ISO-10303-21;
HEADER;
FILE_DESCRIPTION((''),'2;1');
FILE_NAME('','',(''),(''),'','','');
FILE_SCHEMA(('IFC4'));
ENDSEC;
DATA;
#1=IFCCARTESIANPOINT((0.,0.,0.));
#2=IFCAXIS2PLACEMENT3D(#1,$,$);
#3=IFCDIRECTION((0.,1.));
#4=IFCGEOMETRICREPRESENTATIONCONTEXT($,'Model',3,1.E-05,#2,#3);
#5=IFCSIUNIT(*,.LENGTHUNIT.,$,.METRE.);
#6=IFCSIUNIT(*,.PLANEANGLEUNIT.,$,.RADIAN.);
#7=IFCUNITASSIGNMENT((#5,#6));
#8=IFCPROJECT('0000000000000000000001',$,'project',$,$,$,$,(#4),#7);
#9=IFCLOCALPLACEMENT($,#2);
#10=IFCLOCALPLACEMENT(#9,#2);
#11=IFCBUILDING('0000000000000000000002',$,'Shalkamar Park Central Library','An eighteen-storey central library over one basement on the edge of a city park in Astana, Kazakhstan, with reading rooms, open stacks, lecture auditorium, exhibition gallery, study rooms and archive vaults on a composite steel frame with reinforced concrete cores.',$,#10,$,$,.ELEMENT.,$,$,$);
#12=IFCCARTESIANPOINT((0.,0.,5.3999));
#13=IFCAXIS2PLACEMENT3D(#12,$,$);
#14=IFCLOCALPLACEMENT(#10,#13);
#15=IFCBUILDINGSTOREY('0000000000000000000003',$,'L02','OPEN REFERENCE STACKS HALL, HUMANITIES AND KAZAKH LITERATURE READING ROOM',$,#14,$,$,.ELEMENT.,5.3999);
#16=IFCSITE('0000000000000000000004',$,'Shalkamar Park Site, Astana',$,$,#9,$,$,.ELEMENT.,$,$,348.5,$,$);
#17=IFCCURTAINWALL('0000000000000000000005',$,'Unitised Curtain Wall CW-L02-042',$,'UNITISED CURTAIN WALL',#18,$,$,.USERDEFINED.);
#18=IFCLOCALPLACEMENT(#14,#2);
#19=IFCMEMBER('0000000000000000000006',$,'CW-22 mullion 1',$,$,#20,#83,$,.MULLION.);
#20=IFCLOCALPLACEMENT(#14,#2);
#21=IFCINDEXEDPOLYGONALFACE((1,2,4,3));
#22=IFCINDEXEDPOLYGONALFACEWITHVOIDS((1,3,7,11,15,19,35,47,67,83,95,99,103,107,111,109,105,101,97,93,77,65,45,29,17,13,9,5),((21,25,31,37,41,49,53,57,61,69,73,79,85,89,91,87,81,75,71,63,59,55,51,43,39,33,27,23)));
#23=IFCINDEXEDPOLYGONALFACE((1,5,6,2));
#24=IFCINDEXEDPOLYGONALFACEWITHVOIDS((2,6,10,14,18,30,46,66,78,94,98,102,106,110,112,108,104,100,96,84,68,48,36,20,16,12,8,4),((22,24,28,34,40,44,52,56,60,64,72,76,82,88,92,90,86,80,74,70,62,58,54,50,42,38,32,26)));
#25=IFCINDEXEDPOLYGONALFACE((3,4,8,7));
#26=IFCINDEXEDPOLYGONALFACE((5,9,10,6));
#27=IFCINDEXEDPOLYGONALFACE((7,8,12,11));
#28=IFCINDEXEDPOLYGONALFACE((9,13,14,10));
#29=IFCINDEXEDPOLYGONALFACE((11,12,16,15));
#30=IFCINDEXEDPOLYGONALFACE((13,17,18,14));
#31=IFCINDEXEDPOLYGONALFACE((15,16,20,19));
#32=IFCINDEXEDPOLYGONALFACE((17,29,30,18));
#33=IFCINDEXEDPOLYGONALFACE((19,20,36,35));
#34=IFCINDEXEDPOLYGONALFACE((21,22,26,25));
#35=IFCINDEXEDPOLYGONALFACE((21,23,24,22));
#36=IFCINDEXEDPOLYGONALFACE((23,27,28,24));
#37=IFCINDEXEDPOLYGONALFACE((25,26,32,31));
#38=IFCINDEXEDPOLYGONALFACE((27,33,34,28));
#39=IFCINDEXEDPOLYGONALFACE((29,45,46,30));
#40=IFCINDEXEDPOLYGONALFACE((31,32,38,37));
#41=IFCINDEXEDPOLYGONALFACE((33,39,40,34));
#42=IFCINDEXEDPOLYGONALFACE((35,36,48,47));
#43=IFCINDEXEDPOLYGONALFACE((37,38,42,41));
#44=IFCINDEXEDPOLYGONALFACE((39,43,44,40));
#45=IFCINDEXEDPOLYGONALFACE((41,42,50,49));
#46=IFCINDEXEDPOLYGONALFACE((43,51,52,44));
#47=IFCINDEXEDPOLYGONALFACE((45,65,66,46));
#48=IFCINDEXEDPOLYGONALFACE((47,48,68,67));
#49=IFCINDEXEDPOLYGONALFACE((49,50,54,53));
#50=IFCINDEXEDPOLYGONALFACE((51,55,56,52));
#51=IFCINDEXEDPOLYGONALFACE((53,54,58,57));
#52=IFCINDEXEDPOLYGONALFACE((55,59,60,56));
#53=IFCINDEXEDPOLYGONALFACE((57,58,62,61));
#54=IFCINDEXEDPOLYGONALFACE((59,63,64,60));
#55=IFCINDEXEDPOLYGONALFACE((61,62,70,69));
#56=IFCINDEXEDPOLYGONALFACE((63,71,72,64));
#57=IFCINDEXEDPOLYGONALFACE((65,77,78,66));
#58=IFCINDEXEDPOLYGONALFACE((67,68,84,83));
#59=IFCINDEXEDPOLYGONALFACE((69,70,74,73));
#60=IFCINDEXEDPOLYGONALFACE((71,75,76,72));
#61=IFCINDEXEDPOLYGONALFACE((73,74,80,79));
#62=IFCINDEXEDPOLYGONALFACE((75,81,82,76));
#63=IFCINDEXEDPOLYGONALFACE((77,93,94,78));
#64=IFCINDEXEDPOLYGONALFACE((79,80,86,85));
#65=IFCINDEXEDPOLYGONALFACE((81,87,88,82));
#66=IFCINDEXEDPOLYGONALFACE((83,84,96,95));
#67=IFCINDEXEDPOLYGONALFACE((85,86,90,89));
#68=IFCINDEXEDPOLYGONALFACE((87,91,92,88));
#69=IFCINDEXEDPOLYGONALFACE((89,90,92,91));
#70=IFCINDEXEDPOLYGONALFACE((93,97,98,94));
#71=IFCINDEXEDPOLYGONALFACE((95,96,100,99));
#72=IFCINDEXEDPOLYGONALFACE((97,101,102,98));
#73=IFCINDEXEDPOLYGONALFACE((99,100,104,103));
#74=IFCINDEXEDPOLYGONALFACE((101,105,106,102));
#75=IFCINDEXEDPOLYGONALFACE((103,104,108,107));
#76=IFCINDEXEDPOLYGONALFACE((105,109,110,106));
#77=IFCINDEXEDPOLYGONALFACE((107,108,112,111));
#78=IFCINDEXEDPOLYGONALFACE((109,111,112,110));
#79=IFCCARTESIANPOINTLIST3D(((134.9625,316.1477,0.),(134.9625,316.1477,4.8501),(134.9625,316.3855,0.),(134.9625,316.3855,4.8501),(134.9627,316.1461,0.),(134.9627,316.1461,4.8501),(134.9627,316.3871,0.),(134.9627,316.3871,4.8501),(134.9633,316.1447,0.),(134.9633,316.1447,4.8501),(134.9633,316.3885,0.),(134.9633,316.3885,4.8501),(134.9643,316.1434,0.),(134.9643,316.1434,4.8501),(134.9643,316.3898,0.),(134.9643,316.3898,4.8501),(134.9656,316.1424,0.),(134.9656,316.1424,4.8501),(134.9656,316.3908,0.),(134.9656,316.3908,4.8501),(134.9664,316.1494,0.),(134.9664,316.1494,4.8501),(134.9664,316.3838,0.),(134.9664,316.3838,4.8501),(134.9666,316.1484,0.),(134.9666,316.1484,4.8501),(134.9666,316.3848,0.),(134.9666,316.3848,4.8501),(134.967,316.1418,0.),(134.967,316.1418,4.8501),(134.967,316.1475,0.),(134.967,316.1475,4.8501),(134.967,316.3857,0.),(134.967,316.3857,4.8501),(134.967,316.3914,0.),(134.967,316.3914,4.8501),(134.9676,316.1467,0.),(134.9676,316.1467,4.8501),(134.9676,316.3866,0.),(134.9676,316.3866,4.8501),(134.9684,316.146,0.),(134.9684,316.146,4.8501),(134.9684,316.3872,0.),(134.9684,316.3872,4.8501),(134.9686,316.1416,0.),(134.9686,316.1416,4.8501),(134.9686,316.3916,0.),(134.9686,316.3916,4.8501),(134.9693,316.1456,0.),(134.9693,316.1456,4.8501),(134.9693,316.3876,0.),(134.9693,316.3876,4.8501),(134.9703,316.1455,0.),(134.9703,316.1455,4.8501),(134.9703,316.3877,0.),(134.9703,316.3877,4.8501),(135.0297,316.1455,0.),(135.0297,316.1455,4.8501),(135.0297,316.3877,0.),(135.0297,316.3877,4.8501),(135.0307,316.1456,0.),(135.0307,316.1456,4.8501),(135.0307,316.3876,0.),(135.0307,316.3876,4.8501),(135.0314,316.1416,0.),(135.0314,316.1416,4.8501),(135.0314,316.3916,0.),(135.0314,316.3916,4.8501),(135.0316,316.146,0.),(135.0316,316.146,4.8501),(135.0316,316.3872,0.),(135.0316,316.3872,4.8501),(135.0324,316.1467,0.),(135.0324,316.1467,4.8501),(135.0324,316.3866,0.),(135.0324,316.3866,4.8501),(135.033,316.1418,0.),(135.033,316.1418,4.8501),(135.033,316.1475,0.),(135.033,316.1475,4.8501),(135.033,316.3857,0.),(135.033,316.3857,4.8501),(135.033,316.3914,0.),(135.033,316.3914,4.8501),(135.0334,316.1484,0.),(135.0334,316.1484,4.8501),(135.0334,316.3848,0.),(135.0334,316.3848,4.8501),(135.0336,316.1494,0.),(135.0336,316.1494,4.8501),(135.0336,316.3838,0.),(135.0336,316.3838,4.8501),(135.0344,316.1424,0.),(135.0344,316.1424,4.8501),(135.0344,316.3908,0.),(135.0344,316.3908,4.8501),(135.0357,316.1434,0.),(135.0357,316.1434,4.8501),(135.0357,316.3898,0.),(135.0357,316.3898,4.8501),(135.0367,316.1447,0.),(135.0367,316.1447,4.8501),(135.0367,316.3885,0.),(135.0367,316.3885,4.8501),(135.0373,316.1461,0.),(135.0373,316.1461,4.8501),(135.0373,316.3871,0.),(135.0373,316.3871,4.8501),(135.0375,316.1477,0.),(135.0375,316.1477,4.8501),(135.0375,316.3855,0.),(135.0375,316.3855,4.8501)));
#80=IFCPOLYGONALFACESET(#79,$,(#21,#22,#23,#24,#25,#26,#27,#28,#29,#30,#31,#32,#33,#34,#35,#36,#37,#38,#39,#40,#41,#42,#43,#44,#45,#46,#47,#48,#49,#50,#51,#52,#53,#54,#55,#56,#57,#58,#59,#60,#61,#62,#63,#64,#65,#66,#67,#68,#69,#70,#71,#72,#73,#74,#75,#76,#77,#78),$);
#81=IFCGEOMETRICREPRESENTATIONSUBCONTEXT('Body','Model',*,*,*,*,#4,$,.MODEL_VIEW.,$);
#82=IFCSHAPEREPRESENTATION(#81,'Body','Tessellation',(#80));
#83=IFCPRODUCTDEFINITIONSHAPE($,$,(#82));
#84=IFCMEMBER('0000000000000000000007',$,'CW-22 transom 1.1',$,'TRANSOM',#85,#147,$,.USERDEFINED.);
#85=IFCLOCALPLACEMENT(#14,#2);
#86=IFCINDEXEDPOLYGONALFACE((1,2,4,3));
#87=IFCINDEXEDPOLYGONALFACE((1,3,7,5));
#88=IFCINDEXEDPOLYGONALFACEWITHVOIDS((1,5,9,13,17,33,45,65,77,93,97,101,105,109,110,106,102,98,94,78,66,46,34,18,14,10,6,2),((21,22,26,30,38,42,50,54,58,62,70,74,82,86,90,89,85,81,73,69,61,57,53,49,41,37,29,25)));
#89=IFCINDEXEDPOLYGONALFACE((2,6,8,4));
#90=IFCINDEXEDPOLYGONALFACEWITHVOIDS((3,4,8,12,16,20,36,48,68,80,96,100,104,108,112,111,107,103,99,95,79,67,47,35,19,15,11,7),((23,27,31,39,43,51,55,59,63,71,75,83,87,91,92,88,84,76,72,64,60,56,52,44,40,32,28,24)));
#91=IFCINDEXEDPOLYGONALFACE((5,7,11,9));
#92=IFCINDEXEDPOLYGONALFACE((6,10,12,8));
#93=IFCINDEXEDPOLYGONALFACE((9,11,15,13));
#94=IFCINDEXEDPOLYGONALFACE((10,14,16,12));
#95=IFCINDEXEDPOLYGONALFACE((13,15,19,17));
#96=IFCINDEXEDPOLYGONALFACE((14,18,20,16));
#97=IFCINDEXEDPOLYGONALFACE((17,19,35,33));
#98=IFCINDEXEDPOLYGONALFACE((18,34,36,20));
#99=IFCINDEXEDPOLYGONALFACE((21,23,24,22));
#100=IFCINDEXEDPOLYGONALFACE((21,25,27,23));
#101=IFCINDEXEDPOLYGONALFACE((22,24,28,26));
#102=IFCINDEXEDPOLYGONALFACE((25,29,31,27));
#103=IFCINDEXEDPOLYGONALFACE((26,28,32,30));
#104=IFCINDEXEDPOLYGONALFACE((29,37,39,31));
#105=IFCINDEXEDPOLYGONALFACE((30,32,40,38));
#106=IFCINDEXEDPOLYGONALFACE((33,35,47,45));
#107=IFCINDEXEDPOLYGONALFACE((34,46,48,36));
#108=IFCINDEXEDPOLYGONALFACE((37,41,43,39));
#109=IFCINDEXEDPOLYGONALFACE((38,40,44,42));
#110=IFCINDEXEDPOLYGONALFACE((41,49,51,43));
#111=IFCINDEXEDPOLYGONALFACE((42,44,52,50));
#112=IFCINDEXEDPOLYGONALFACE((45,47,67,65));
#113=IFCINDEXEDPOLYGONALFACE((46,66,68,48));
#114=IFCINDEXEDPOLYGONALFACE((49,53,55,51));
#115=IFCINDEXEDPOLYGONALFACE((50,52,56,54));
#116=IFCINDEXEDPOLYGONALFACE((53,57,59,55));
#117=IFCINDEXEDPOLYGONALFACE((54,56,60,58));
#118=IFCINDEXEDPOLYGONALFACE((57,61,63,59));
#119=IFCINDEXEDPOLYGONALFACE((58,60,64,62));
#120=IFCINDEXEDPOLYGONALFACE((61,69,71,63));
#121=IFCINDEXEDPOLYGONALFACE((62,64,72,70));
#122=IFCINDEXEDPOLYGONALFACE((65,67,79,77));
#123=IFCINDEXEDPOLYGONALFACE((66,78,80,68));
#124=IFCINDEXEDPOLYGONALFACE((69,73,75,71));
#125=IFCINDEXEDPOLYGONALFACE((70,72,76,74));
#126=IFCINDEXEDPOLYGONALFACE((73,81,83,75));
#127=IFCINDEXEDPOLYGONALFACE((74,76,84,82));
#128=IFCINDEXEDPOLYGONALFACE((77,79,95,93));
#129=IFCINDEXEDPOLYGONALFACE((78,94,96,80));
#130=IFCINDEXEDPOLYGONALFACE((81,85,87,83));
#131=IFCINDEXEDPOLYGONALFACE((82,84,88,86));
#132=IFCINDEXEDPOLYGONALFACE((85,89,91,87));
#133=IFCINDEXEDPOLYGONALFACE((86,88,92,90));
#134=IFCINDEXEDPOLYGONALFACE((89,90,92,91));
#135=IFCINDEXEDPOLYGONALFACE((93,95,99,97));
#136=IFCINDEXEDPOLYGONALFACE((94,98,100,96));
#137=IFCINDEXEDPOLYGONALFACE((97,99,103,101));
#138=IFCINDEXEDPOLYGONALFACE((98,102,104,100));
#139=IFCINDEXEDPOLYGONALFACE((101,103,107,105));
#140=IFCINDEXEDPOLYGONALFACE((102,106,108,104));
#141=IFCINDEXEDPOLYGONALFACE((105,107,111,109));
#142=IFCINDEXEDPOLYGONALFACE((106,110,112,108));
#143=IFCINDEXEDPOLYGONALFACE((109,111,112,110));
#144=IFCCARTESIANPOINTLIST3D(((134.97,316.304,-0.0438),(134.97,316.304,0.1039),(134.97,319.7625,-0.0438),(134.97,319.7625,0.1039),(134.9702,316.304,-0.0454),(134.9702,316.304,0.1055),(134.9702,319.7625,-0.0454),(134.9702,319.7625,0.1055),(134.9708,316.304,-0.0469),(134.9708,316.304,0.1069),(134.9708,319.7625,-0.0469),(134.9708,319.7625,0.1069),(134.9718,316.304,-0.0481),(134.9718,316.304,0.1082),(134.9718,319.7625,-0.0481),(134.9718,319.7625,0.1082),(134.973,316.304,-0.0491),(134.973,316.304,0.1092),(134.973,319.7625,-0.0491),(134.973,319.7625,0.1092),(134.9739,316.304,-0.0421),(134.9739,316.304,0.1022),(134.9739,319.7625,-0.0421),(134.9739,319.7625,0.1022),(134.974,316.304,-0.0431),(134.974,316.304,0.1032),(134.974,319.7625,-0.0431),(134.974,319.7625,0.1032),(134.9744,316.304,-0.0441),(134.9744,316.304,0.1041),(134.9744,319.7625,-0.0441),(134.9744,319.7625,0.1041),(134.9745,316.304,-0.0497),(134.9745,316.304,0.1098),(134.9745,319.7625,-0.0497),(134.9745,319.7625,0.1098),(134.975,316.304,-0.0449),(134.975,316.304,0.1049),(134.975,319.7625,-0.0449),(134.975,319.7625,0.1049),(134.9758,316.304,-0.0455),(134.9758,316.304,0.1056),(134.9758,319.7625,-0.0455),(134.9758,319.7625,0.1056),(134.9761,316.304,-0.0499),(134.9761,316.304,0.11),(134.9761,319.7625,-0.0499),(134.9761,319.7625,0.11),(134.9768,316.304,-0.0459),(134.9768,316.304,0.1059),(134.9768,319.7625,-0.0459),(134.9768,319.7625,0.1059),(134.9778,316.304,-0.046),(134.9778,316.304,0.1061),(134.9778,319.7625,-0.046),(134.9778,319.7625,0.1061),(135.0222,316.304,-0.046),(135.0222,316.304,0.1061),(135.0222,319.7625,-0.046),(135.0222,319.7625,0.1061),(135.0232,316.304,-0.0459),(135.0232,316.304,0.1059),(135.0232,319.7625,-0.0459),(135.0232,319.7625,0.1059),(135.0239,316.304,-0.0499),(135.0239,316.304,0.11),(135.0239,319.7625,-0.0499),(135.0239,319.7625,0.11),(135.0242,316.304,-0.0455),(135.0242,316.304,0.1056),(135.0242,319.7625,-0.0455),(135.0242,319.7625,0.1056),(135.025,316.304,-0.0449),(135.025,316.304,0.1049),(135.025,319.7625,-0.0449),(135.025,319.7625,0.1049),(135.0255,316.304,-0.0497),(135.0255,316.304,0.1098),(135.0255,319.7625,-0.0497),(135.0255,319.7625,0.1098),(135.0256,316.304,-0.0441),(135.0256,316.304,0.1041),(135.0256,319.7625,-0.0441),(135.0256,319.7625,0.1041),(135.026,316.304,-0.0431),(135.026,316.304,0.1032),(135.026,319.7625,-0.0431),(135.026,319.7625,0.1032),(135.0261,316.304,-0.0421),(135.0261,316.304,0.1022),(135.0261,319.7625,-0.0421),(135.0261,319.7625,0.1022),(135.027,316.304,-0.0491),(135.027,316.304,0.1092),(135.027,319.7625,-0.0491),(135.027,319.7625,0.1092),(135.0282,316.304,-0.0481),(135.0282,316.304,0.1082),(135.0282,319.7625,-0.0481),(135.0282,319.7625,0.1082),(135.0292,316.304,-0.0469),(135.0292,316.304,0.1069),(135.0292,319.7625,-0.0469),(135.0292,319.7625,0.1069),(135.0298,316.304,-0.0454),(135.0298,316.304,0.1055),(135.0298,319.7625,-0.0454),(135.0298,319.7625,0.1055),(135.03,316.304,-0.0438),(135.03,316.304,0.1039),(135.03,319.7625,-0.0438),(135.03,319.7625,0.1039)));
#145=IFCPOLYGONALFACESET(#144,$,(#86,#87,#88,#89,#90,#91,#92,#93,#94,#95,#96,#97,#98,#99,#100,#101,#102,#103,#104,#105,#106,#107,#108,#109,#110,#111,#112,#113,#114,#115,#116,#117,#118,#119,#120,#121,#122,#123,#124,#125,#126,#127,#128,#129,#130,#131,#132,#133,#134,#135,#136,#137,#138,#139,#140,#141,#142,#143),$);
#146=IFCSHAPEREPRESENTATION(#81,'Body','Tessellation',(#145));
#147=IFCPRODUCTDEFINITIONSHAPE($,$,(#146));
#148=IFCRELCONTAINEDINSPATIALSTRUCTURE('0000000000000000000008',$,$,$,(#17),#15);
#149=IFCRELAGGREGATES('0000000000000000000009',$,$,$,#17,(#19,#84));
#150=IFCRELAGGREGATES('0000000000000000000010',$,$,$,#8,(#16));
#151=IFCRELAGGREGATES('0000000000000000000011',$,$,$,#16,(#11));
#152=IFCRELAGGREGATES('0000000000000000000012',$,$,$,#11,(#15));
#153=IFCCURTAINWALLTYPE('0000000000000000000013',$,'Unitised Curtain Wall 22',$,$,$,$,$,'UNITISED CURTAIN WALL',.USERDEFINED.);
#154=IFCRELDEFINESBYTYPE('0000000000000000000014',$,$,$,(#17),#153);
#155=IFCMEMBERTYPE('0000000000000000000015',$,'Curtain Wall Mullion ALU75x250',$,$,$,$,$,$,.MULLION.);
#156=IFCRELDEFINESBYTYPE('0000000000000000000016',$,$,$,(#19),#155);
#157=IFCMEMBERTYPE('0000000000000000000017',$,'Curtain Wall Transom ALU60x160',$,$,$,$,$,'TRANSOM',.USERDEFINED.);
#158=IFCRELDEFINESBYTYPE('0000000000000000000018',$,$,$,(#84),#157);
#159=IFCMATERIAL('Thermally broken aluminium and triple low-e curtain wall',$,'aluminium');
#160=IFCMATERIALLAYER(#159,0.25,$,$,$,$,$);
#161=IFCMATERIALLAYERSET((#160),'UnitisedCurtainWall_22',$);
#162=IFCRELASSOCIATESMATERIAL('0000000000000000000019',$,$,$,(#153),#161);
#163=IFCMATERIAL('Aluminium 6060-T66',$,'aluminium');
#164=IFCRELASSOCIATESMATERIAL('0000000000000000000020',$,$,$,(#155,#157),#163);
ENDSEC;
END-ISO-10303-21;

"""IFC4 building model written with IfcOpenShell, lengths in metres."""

from ifc_helpers import new_model, si_unit, direction, frame, origin, origin_2d, place, context, subcontext, project, spatial, hollow_rectangle, extrude, material, layer, layer_set, material_profile, profile_set, type_object, element, aggregate, save


model = new_model("IFC4")

# Units and contexts
model_context = context("Model", 3, precision=1e-05, world=origin(), true_north=direction((0.0, 1.0)))
body_context = subcontext(model_context, "Body", "Model", "MODEL_VIEW")
ifc_project = project(units=[si_unit("LENGTHUNIT", "METRE"), si_unit("PLANEANGLEUNIT", "RADIAN")], contexts=[model_context])

# Site, building, storey
site_placement = place(None, origin())
site = spatial("IfcSite", under=ifc_project, at=site_placement, Name="Shalkamar Park Site, Astana", CompositionType="ELEMENT", RefElevation=348.5)
building_placement = place(site_placement, origin())
building = spatial("IfcBuilding", under=site, at=building_placement, Name="Shalkamar Park Central Library", Description="An eighteen-storey central library over one basement on the edge of a city park in Astana, Kazakhstan, with reading rooms, open stacks, lecture auditorium, exhibition gallery, study rooms and archive vaults on a composite steel frame with reinforced concrete cores.", CompositionType="ELEMENT")
storey_placement = place(building_placement, frame((0.0, 0.0, 5.3999)))
storey = spatial("IfcBuildingStorey", under=building, at=storey_placement, Name="L02", Description="OPEN REFERENCE STACKS HALL, HUMANITIES AND KAZAKH LITERATURE READING ROOM", CompositionType="ELEMENT", Elevation=5.3999)

# Curtain wall, members
ifc_material_1 = material(Name="Thermally broken aluminium and triple low-e curtain wall", Category="aluminium")
ifc_layer_1 = layer(ifc_material_1, 0.25)
ifc_layer_set_1 = layer_set([ifc_layer_1], Name="UnitisedCurtainWall_22")
curtain_wall_type = type_object("IfcCurtainWallType", Name="Unitised Curtain Wall 22", ElementType="UNITISED CURTAIN WALL", PredefinedType="USERDEFINED", material=ifc_layer_set_1)
curtain_wall_placement = place(storey_placement, origin())
curtain_wall = element("IfcCurtainWall", 1, at=curtain_wall_placement, inside=storey, type_object=curtain_wall_type, Name="Unitised Curtain Wall CW-L02-042", ObjectType="UNITISED CURTAIN WALL", PredefinedType="USERDEFINED")
ifc_material_2 = material(Name="Aluminium 6060-T66", Category="aluminium")
ifc_material_profile_1 = material_profile(ifc_material_2, hollow_rectangle(XDim=0.075, YDim=0.25, WallThickness=0.0039, InnerFilletRadius=0.0039, OuterFilletRadius=0.0061, at=origin_2d()), Name="ALU 75x250x4")
ifc_profile_set_1 = profile_set([ifc_material_profile_1], Name="Aluminium 6060-T66")
member_type_1 = type_object("IfcMemberType", Name="Curtain Wall Mullion ALU75x250", PredefinedType="MULLION", material=ifc_profile_set_1)
member_1_placement = place(storey_placement, frame((135.0, 316.2666, 0.0), z_axis=(0.0, 0.0, 1.0), x_axis=(-1.0, 0.0, 0.0)))
member_1 = element("IfcMember", 2, at=member_1_placement, type_object=member_type_1, Name="CW-22 mullion 1", PredefinedType="MULLION", context=body_context, shape_type="SweptSolid", body=[
    extrude(hollow_rectangle(XDim=0.075, YDim=0.25, WallThickness=0.0039, InnerFilletRadius=0.0039, OuterFilletRadius=0.0061, at=origin_2d()), origin(), (0.0, 0.0, 1.0), 4.8501),
])
ifc_material_profile_2 = material_profile(ifc_material_2, hollow_rectangle(XDim=0.0601, YDim=0.1599, WallThickness=0.0039, InnerFilletRadius=0.0039, OuterFilletRadius=0.0061, at=origin_2d()), Name="ALU 60x160x4")
ifc_profile_set_2 = profile_set([ifc_material_profile_2], Name="Aluminium 6060-T66")
member_type_2 = type_object("IfcMemberType", Name="Curtain Wall Transom ALU60x160", ElementType="TRANSOM", PredefinedType="USERDEFINED", material=ifc_profile_set_2)
member_2_placement = place(storey_placement, frame((135.0, 316.304, 0.03), z_axis=(0.0, 1.0, 0.0), x_axis=(-1.0, 0.0, 0.0)))
member_2 = element("IfcMember", 3, at=member_2_placement, type_object=member_type_2, Name="CW-22 transom 1.1", ObjectType="TRANSOM", PredefinedType="USERDEFINED", context=body_context, shape_type="SweptSolid", body=[
    extrude(hollow_rectangle(XDim=0.0601, YDim=0.1599, WallThickness=0.0039, InnerFilletRadius=0.0039, OuterFilletRadius=0.0061, at=origin_2d()), origin(), (0.0, 0.0, 1.0), 3.4585),
])

aggregate(curtain_wall, [member_1, member_2])

save(model, "model.ifc")
